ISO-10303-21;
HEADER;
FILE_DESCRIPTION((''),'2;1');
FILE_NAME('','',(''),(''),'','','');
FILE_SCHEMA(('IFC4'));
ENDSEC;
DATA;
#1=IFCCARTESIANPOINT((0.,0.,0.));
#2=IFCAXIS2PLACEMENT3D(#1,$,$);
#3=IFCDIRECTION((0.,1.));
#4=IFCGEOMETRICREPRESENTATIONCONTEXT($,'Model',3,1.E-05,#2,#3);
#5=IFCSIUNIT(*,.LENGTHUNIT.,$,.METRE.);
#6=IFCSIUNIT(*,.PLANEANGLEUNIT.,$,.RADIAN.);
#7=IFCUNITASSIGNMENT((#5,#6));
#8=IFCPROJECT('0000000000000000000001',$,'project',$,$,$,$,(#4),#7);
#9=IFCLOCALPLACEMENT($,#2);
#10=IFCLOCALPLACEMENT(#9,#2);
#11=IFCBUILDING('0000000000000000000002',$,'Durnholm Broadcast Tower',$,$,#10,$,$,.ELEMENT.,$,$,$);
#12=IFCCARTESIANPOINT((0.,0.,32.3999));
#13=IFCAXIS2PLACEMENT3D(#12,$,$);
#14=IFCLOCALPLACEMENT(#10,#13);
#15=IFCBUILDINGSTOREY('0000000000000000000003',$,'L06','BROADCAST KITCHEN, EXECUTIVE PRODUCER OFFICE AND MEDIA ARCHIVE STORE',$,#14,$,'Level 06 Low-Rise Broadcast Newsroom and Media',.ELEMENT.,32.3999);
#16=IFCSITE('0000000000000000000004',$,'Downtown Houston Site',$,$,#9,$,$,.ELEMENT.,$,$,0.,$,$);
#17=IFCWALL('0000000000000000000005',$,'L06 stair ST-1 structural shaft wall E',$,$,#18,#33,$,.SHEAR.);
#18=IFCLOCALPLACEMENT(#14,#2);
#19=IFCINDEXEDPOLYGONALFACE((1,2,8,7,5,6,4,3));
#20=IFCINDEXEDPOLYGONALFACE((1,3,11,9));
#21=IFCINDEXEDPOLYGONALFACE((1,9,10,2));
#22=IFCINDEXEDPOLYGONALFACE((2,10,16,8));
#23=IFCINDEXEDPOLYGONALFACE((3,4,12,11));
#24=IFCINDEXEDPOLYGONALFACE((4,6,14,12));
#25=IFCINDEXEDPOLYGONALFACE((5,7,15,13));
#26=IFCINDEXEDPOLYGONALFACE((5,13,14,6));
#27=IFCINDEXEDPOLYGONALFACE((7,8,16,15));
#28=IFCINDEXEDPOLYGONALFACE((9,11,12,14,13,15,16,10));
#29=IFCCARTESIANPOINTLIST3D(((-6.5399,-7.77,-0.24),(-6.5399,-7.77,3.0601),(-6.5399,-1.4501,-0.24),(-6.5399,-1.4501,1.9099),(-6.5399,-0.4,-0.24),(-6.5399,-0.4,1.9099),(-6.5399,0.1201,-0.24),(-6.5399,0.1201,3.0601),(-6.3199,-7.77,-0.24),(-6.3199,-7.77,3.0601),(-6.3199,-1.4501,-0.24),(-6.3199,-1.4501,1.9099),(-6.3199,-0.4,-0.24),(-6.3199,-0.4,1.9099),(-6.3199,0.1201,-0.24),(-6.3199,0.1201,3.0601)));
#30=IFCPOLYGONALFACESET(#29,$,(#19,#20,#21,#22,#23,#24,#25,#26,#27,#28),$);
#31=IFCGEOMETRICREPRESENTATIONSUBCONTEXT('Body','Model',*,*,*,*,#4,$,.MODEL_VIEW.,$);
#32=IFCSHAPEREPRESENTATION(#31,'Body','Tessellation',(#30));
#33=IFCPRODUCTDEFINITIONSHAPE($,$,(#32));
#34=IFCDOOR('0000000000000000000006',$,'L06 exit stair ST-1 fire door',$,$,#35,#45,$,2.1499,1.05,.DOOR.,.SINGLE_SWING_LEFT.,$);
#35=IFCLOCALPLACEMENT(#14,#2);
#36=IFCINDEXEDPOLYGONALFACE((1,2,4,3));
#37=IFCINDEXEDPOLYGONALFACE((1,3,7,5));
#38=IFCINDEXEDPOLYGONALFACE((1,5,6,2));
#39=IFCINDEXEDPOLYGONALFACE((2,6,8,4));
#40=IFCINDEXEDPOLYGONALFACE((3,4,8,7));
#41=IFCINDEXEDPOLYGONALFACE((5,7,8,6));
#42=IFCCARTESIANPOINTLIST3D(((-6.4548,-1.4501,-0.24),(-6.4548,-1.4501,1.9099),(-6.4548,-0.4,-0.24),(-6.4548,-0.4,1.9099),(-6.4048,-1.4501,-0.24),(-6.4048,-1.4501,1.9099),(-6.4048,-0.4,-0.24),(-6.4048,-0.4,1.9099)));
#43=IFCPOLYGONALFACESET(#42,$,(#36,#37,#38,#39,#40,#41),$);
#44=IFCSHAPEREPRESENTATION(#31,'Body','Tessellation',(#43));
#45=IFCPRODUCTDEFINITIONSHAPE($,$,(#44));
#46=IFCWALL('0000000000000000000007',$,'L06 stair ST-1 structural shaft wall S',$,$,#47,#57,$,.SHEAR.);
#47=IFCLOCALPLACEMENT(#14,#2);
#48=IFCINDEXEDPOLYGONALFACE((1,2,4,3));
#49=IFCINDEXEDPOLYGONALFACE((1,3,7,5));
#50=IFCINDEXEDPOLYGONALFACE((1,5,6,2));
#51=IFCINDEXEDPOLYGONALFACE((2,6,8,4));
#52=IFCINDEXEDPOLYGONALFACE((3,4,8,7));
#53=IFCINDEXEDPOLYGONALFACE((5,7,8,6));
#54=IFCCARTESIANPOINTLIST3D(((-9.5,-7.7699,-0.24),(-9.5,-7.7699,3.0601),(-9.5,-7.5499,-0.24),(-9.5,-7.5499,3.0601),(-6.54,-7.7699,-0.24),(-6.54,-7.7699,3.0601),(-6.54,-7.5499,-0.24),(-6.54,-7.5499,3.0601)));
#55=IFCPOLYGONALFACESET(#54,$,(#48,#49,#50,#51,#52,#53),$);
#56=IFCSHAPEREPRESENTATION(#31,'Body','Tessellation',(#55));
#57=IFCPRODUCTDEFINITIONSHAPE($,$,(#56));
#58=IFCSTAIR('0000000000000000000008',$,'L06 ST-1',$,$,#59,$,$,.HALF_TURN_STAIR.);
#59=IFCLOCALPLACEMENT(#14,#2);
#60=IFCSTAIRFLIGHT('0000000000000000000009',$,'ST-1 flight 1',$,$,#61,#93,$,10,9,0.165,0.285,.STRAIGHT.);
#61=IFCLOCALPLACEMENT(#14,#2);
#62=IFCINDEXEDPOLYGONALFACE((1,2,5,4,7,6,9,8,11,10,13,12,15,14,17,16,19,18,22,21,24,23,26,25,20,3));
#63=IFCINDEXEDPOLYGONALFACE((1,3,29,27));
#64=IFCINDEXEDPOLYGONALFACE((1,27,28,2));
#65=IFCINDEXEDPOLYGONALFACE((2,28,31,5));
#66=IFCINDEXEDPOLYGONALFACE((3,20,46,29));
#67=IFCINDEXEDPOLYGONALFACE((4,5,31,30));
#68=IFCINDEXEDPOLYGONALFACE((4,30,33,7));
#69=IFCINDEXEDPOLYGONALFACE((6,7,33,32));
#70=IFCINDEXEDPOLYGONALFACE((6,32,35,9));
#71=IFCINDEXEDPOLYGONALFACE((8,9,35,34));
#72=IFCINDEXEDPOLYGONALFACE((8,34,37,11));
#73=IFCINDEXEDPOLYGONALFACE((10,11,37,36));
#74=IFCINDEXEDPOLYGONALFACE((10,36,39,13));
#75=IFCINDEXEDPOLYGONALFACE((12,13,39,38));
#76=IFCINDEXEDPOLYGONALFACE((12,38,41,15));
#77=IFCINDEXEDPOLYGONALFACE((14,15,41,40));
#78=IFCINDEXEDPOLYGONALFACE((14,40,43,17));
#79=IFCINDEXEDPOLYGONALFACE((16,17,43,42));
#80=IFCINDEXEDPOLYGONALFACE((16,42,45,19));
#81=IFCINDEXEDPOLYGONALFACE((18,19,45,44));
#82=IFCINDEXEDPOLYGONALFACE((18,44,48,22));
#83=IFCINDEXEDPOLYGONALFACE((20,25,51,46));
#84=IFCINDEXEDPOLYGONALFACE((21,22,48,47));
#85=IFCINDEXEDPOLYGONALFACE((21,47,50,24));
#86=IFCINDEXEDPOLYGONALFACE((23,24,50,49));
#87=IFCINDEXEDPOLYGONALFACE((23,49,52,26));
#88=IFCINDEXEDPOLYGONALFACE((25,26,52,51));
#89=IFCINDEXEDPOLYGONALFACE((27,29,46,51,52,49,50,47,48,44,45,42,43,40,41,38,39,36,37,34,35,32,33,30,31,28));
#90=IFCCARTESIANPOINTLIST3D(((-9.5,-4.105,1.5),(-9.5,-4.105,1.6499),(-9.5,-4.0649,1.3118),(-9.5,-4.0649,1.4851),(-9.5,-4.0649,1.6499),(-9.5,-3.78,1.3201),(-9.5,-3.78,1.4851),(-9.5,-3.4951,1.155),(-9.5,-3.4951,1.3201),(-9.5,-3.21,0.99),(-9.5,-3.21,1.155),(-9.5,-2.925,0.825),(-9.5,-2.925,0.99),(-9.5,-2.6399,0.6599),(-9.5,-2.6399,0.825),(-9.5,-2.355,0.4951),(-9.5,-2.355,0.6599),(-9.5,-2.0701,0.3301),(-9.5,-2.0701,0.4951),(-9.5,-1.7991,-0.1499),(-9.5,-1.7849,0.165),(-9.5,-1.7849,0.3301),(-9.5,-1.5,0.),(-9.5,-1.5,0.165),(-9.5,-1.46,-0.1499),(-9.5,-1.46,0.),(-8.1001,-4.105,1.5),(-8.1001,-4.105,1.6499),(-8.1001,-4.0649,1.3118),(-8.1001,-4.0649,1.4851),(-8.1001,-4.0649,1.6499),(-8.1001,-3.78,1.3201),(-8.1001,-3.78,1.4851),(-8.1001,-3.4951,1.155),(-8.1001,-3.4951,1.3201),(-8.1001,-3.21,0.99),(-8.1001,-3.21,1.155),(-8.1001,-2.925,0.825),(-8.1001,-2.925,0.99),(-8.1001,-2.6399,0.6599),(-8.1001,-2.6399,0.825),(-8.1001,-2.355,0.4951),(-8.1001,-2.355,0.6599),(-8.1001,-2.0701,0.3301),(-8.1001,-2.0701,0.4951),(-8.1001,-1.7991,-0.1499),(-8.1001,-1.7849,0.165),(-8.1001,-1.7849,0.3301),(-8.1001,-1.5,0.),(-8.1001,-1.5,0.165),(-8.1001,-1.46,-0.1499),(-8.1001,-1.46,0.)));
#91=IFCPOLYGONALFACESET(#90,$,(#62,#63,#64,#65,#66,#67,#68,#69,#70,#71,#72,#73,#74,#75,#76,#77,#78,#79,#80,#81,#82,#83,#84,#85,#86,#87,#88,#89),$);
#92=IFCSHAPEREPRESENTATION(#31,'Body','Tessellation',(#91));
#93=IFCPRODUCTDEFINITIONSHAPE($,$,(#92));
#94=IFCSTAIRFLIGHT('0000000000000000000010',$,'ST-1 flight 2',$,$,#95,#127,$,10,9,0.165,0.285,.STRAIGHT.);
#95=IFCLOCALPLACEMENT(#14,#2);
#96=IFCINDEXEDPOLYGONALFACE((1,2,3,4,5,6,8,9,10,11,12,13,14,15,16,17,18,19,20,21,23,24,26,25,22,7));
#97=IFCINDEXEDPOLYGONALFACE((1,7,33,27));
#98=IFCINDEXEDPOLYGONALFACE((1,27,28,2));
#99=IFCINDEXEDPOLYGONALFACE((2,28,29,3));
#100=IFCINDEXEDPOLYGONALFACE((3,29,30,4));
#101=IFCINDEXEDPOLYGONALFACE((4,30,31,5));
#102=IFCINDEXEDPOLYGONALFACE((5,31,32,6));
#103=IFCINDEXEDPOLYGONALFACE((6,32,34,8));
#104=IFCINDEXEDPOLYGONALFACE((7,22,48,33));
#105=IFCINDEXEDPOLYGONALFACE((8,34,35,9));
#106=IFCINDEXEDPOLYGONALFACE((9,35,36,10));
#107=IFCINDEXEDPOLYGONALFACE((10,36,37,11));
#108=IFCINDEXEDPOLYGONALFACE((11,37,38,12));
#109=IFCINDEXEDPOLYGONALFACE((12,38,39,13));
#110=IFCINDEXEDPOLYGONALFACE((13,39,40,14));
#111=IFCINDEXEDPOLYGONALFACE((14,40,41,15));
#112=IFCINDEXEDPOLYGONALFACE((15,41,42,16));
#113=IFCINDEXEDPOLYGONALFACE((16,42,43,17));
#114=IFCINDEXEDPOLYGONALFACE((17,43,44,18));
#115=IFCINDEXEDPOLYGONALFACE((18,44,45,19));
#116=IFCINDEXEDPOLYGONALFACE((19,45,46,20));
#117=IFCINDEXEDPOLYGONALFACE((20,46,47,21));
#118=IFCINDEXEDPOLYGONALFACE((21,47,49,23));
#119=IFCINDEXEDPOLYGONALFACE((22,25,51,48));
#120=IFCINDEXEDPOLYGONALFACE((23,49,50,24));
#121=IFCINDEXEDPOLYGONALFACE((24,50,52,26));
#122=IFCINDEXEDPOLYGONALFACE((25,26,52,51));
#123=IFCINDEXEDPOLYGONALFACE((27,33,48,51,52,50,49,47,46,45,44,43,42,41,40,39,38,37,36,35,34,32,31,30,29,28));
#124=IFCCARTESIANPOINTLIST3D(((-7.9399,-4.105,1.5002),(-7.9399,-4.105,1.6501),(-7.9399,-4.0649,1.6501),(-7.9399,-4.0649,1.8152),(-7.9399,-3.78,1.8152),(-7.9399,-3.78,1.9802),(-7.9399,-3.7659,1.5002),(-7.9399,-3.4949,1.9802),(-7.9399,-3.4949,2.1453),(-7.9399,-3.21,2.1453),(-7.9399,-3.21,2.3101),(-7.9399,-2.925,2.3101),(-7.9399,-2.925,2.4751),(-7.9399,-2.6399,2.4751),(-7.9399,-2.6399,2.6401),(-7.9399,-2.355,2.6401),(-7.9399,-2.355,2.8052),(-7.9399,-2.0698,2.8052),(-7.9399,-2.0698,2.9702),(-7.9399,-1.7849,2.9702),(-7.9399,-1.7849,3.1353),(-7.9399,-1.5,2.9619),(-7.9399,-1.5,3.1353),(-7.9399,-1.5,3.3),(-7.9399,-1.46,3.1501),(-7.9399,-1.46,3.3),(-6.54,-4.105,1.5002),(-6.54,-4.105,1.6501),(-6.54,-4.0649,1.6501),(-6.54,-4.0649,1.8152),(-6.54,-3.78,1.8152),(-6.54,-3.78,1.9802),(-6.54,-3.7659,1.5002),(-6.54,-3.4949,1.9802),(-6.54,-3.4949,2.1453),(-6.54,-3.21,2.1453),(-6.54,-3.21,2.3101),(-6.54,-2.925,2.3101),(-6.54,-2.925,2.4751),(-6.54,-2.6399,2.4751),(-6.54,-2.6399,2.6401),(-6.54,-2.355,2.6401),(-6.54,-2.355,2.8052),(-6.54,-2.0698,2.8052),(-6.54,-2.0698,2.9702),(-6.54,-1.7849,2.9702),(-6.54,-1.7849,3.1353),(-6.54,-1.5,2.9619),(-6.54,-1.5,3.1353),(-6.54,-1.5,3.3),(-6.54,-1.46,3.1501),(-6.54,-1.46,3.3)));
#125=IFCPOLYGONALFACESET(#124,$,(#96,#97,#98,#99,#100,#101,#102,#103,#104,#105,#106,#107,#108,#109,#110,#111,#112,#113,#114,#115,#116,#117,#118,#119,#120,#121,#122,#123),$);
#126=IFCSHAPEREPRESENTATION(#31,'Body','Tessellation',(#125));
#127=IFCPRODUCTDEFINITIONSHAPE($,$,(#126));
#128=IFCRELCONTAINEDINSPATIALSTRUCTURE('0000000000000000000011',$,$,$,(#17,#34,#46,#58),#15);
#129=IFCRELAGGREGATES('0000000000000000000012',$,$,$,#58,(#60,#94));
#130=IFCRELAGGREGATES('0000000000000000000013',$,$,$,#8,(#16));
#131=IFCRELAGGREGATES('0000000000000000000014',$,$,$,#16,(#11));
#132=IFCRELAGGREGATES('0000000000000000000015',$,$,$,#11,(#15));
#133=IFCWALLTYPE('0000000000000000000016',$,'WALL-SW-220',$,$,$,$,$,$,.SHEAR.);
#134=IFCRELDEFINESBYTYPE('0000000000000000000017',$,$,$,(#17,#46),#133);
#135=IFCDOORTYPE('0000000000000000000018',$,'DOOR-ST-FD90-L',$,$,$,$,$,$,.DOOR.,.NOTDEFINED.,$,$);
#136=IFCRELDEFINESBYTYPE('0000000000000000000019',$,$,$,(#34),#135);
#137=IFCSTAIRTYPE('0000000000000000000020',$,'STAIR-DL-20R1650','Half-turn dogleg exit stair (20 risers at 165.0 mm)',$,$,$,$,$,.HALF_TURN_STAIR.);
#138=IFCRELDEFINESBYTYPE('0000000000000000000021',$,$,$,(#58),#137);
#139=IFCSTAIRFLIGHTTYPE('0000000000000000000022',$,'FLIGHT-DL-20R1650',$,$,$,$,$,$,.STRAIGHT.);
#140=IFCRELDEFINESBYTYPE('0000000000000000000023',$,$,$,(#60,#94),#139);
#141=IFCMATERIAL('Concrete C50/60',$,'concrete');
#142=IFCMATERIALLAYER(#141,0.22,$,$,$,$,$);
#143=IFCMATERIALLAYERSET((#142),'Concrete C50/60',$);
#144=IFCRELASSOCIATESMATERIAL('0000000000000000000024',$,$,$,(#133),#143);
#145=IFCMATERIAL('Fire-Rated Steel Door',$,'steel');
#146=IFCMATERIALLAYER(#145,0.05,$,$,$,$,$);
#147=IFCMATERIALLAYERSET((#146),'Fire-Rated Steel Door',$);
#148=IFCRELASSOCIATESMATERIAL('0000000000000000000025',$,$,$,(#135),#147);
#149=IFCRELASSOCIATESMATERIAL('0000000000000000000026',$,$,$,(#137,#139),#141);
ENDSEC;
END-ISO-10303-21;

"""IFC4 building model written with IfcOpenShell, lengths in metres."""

from ifc_helpers import new_model, si_unit, direction, frame, frame_2d, origin, place, context, subcontext, project, spatial, polyline, rectangle, outline, extrude, source, transform, mapped, material, layer, layer_set, type_object, type_shapes, element, fill, aggregate, save


model = new_model("IFC4")

# Units and contexts
model_context = context("Model", 3, precision=1e-05, world=origin(), true_north=direction((0.0, 1.0)))
body_context = subcontext(model_context, "Body", "Model", "MODEL_VIEW")
ifc_project = project(units=[si_unit("LENGTHUNIT", "METRE"), si_unit("PLANEANGLEUNIT", "RADIAN")], contexts=[model_context])

# Site, building, storey
site_placement = place(None, origin())
site = spatial("IfcSite", under=ifc_project, at=site_placement, Name="Downtown Houston Site", CompositionType="ELEMENT", RefElevation=0.0)
building_placement = place(site_placement, origin())
building = spatial("IfcBuilding", under=site, at=building_placement, Name="Durnholm Broadcast Tower", CompositionType="ELEMENT")
storey_placement = place(building_placement, frame((0.0, 0.0, 32.3999)))
storey = spatial("IfcBuildingStorey", under=building, at=storey_placement, Name="L06", Description="BROADCAST KITCHEN, EXECUTIVE PRODUCER OFFICE AND MEDIA ARCHIVE STORE", LongName="Level 06 Low-Rise Broadcast Newsroom and Media", CompositionType="ELEMENT", Elevation=32.3999)

# Shared definitions
ifc_material_1 = material(Name="Concrete C50/60", Category="concrete")

# Wall, opening, door
ifc_layer_1 = layer(ifc_material_1, 0.22)
ifc_layer_set_1 = layer_set([ifc_layer_1], Name="Concrete C50/60")
wall_type_1 = type_object("IfcWallType", Name="WALL-SW-220", PredefinedType="SHEAR", material=ifc_layer_set_1)
wall_1_placement = place(storey_placement, frame((-6.4299, -7.77, -0.24), z_axis=(0.0, 0.0, 1.0), x_axis=(0.0, 1.0, 0.0)))
wall_1 = element("IfcWall", 1, at=wall_1_placement, inside=storey, type_object=wall_type_1, Name="L06 stair ST-1 structural shaft wall E", PredefinedType="SHEAR", context=body_context, shape_type="SweptSolid", body=[
    extrude(rectangle(XDim=7.8901, YDim=0.22, at=frame_2d((3.9451, 0.0))), origin(), (0.0, 0.0, 1.0), 3.3),
])
opening_1_placement = place(wall_1_placement, frame((6.3201, 0.0, 0.0)))
opening_1 = element("IfcOpeningElement", 2, at=opening_1_placement, cuts=wall_1, PredefinedType="OPENING", context=body_context, shape_type="SweptSolid", body=[
    extrude(rectangle(XDim=1.05, YDim=2.1499, at=frame_2d((0.5249, 1.075))), frame((0.0, 0.1201, 0.0), z_axis=(0.0, -1.0, 0.0), x_axis=(1.0, 0.0, 0.0)), (0.0, 0.0, 1.0), 0.24),
])
ifc_material_2 = material(Name="Fire-Rated Steel Door", Category="steel")
ifc_layer_2 = layer(ifc_material_2, 0.05)
ifc_layer_set_2 = layer_set([ifc_layer_2], Name="Fire-Rated Steel Door")
door_type_1 = type_object("IfcDoorType", Name="DOOR-ST-FD90-L", OperationType="NOTDEFINED", PredefinedType="DOOR", material=ifc_layer_set_2)
shared_shape_1 = source(origin(), body_context, "Body", "SweptSolid", [
    extrude(rectangle(XDim=1.05, YDim=2.1499, at=frame_2d((0.5249, 1.075))), frame((0.0, 0.0249, 0.0), z_axis=(0.0, -1.0, 0.0), x_axis=(1.0, 0.0, 0.0)), (0.0, 0.0, 1.0), 0.05),
])
type_shapes(door_type_1, [shared_shape_1])
door_1_placement = place(opening_1_placement, origin())
door_1 = element("IfcDoor", 3, at=door_1_placement, inside=storey, type_object=door_type_1, Name="L06 exit stair ST-1 fire door", OperationType="SINGLE_SWING_LEFT", OverallHeight=2.1499, OverallWidth=1.05, PredefinedType="DOOR", context=body_context, shape_type="MappedRepresentation", body=[
    mapped(shared_shape_1, transform((0.0, 0.0, 0.0), x_axis=(1.0, 0.0, 0.0), y_axis=(0.0, 1.0, 0.0), z_axis=(0.0, 0.0, 1.0), scale=1.0)),
])
fill(opening_1, door_1)

# Wall
wall_2_placement = place(storey_placement, frame((-9.5, -7.6599, -0.24), z_axis=(0.0, 0.0, 1.0), x_axis=(1.0, 0.0, 0.0)))
element("IfcWall", 4, at=wall_2_placement, inside=storey, type_object=wall_type_1, Name="L06 stair ST-1 structural shaft wall S", PredefinedType="SHEAR", context=body_context, shape_type="SweptSolid", body=[
    extrude(rectangle(XDim=2.96, YDim=0.22, at=frame_2d((1.48, 0.0))), origin(), (0.0, 0.0, 1.0), 3.3),
])

# Stair, stair flights
stair_type = type_object("IfcStairType", Name="STAIR-DL-20R1650", Description="Half-turn dogleg exit stair (20 risers at 165.0 mm)", PredefinedType="HALF_TURN_STAIR", material=ifc_material_1)
stair_placement = place(storey_placement, origin())
stair = element("IfcStair", 5, at=stair_placement, inside=storey, type_object=stair_type, Name="L06 ST-1", PredefinedType="HALF_TURN_STAIR")
stair_flight_type = type_object("IfcStairFlightType", Name="FLIGHT-DL-20R1650", PredefinedType="STRAIGHT", material=ifc_material_1)
stair_flight_1_placement = place(storey_placement, frame((-8.8, -1.5, 0.0), z_axis=(0.0, 0.0, 1.0), x_axis=(0.0, -1.0, 0.0)))
stair_flight_1 = element("IfcStairFlight", 6, at=stair_flight_1_placement, type_object=stair_flight_type, Name="ST-1 flight 1", NumberOfRisers=10, NumberOfTreads=9, PredefinedType="STRAIGHT", RiserHeight=0.165, TreadLength=0.285, context=body_context, shape_type="SweptSolid", body=[
    extrude(outline(polyline([(-0.04, -0.1499), (-0.04, 0.0), (0.0, 0.0), (0.0, 0.165), (0.2849, 0.165), (0.2849, 0.3301), (0.5701, 0.3301), (0.5701, 0.4951), (0.855, 0.4951), (0.855, 0.6599), (1.1399, 0.6599), (1.1399, 0.825), (1.425, 0.825), (1.425, 0.99), (1.71, 0.99), (1.71, 1.155), (1.9951, 1.155), (1.9951, 1.3201), (2.28, 1.3201), (2.28, 1.4851), (2.5649, 1.4851), (2.5649, 1.6499), (2.605, 1.6499), (2.605, 1.5), (2.5649, 1.3118), (0.2991, -0.1499), (-0.04, -0.1499)])), frame((0.0, 0.7, 0.0), z_axis=(0.0, -1.0, 0.0), x_axis=(1.0, 0.0, 0.0)), (0.0, 0.0, 1.0), 1.3999),
])
stair_flight_2_placement = place(storey_placement, frame((-7.24, -4.0649, 1.6501), z_axis=(0.0, 0.0, 1.0), x_axis=(0.0, 1.0, 0.0)))
stair_flight_2 = element("IfcStairFlight", 7, at=stair_flight_2_placement, type_object=stair_flight_type, Name="ST-1 flight 2", NumberOfRisers=10, NumberOfTreads=9, PredefinedType="STRAIGHT", RiserHeight=0.165, TreadLength=0.285, context=body_context, shape_type="SweptSolid", body=[
    extrude(outline(polyline([(-0.04, -0.1499), (-0.04, 0.0), (0.0, 0.0), (0.0, 0.165), (0.2849, 0.165), (0.2849, 0.3301), (0.5701, 0.3301), (0.5701, 0.4951), (0.855, 0.4951), (0.855, 0.6599), (1.1399, 0.6599), (1.1399, 0.825), (1.425, 0.825), (1.425, 0.99), (1.71, 0.99), (1.71, 1.155), (1.9951, 1.155), (1.9951, 1.3201), (2.28, 1.3201), (2.28, 1.4851), (2.5649, 1.4851), (2.5649, 1.6499), (2.605, 1.6499), (2.605, 1.5), (2.5649, 1.3118), (0.2991, -0.1499), (-0.04, -0.1499)])), frame((0.0, 0.7, 0.0), z_axis=(0.0, -1.0, 0.0), x_axis=(1.0, 0.0, 0.0)), (0.0, 0.0, 1.0), 1.3999),
])
aggregate(stair, [stair_flight_1, stair_flight_2])

save(model, "model.ifc")
